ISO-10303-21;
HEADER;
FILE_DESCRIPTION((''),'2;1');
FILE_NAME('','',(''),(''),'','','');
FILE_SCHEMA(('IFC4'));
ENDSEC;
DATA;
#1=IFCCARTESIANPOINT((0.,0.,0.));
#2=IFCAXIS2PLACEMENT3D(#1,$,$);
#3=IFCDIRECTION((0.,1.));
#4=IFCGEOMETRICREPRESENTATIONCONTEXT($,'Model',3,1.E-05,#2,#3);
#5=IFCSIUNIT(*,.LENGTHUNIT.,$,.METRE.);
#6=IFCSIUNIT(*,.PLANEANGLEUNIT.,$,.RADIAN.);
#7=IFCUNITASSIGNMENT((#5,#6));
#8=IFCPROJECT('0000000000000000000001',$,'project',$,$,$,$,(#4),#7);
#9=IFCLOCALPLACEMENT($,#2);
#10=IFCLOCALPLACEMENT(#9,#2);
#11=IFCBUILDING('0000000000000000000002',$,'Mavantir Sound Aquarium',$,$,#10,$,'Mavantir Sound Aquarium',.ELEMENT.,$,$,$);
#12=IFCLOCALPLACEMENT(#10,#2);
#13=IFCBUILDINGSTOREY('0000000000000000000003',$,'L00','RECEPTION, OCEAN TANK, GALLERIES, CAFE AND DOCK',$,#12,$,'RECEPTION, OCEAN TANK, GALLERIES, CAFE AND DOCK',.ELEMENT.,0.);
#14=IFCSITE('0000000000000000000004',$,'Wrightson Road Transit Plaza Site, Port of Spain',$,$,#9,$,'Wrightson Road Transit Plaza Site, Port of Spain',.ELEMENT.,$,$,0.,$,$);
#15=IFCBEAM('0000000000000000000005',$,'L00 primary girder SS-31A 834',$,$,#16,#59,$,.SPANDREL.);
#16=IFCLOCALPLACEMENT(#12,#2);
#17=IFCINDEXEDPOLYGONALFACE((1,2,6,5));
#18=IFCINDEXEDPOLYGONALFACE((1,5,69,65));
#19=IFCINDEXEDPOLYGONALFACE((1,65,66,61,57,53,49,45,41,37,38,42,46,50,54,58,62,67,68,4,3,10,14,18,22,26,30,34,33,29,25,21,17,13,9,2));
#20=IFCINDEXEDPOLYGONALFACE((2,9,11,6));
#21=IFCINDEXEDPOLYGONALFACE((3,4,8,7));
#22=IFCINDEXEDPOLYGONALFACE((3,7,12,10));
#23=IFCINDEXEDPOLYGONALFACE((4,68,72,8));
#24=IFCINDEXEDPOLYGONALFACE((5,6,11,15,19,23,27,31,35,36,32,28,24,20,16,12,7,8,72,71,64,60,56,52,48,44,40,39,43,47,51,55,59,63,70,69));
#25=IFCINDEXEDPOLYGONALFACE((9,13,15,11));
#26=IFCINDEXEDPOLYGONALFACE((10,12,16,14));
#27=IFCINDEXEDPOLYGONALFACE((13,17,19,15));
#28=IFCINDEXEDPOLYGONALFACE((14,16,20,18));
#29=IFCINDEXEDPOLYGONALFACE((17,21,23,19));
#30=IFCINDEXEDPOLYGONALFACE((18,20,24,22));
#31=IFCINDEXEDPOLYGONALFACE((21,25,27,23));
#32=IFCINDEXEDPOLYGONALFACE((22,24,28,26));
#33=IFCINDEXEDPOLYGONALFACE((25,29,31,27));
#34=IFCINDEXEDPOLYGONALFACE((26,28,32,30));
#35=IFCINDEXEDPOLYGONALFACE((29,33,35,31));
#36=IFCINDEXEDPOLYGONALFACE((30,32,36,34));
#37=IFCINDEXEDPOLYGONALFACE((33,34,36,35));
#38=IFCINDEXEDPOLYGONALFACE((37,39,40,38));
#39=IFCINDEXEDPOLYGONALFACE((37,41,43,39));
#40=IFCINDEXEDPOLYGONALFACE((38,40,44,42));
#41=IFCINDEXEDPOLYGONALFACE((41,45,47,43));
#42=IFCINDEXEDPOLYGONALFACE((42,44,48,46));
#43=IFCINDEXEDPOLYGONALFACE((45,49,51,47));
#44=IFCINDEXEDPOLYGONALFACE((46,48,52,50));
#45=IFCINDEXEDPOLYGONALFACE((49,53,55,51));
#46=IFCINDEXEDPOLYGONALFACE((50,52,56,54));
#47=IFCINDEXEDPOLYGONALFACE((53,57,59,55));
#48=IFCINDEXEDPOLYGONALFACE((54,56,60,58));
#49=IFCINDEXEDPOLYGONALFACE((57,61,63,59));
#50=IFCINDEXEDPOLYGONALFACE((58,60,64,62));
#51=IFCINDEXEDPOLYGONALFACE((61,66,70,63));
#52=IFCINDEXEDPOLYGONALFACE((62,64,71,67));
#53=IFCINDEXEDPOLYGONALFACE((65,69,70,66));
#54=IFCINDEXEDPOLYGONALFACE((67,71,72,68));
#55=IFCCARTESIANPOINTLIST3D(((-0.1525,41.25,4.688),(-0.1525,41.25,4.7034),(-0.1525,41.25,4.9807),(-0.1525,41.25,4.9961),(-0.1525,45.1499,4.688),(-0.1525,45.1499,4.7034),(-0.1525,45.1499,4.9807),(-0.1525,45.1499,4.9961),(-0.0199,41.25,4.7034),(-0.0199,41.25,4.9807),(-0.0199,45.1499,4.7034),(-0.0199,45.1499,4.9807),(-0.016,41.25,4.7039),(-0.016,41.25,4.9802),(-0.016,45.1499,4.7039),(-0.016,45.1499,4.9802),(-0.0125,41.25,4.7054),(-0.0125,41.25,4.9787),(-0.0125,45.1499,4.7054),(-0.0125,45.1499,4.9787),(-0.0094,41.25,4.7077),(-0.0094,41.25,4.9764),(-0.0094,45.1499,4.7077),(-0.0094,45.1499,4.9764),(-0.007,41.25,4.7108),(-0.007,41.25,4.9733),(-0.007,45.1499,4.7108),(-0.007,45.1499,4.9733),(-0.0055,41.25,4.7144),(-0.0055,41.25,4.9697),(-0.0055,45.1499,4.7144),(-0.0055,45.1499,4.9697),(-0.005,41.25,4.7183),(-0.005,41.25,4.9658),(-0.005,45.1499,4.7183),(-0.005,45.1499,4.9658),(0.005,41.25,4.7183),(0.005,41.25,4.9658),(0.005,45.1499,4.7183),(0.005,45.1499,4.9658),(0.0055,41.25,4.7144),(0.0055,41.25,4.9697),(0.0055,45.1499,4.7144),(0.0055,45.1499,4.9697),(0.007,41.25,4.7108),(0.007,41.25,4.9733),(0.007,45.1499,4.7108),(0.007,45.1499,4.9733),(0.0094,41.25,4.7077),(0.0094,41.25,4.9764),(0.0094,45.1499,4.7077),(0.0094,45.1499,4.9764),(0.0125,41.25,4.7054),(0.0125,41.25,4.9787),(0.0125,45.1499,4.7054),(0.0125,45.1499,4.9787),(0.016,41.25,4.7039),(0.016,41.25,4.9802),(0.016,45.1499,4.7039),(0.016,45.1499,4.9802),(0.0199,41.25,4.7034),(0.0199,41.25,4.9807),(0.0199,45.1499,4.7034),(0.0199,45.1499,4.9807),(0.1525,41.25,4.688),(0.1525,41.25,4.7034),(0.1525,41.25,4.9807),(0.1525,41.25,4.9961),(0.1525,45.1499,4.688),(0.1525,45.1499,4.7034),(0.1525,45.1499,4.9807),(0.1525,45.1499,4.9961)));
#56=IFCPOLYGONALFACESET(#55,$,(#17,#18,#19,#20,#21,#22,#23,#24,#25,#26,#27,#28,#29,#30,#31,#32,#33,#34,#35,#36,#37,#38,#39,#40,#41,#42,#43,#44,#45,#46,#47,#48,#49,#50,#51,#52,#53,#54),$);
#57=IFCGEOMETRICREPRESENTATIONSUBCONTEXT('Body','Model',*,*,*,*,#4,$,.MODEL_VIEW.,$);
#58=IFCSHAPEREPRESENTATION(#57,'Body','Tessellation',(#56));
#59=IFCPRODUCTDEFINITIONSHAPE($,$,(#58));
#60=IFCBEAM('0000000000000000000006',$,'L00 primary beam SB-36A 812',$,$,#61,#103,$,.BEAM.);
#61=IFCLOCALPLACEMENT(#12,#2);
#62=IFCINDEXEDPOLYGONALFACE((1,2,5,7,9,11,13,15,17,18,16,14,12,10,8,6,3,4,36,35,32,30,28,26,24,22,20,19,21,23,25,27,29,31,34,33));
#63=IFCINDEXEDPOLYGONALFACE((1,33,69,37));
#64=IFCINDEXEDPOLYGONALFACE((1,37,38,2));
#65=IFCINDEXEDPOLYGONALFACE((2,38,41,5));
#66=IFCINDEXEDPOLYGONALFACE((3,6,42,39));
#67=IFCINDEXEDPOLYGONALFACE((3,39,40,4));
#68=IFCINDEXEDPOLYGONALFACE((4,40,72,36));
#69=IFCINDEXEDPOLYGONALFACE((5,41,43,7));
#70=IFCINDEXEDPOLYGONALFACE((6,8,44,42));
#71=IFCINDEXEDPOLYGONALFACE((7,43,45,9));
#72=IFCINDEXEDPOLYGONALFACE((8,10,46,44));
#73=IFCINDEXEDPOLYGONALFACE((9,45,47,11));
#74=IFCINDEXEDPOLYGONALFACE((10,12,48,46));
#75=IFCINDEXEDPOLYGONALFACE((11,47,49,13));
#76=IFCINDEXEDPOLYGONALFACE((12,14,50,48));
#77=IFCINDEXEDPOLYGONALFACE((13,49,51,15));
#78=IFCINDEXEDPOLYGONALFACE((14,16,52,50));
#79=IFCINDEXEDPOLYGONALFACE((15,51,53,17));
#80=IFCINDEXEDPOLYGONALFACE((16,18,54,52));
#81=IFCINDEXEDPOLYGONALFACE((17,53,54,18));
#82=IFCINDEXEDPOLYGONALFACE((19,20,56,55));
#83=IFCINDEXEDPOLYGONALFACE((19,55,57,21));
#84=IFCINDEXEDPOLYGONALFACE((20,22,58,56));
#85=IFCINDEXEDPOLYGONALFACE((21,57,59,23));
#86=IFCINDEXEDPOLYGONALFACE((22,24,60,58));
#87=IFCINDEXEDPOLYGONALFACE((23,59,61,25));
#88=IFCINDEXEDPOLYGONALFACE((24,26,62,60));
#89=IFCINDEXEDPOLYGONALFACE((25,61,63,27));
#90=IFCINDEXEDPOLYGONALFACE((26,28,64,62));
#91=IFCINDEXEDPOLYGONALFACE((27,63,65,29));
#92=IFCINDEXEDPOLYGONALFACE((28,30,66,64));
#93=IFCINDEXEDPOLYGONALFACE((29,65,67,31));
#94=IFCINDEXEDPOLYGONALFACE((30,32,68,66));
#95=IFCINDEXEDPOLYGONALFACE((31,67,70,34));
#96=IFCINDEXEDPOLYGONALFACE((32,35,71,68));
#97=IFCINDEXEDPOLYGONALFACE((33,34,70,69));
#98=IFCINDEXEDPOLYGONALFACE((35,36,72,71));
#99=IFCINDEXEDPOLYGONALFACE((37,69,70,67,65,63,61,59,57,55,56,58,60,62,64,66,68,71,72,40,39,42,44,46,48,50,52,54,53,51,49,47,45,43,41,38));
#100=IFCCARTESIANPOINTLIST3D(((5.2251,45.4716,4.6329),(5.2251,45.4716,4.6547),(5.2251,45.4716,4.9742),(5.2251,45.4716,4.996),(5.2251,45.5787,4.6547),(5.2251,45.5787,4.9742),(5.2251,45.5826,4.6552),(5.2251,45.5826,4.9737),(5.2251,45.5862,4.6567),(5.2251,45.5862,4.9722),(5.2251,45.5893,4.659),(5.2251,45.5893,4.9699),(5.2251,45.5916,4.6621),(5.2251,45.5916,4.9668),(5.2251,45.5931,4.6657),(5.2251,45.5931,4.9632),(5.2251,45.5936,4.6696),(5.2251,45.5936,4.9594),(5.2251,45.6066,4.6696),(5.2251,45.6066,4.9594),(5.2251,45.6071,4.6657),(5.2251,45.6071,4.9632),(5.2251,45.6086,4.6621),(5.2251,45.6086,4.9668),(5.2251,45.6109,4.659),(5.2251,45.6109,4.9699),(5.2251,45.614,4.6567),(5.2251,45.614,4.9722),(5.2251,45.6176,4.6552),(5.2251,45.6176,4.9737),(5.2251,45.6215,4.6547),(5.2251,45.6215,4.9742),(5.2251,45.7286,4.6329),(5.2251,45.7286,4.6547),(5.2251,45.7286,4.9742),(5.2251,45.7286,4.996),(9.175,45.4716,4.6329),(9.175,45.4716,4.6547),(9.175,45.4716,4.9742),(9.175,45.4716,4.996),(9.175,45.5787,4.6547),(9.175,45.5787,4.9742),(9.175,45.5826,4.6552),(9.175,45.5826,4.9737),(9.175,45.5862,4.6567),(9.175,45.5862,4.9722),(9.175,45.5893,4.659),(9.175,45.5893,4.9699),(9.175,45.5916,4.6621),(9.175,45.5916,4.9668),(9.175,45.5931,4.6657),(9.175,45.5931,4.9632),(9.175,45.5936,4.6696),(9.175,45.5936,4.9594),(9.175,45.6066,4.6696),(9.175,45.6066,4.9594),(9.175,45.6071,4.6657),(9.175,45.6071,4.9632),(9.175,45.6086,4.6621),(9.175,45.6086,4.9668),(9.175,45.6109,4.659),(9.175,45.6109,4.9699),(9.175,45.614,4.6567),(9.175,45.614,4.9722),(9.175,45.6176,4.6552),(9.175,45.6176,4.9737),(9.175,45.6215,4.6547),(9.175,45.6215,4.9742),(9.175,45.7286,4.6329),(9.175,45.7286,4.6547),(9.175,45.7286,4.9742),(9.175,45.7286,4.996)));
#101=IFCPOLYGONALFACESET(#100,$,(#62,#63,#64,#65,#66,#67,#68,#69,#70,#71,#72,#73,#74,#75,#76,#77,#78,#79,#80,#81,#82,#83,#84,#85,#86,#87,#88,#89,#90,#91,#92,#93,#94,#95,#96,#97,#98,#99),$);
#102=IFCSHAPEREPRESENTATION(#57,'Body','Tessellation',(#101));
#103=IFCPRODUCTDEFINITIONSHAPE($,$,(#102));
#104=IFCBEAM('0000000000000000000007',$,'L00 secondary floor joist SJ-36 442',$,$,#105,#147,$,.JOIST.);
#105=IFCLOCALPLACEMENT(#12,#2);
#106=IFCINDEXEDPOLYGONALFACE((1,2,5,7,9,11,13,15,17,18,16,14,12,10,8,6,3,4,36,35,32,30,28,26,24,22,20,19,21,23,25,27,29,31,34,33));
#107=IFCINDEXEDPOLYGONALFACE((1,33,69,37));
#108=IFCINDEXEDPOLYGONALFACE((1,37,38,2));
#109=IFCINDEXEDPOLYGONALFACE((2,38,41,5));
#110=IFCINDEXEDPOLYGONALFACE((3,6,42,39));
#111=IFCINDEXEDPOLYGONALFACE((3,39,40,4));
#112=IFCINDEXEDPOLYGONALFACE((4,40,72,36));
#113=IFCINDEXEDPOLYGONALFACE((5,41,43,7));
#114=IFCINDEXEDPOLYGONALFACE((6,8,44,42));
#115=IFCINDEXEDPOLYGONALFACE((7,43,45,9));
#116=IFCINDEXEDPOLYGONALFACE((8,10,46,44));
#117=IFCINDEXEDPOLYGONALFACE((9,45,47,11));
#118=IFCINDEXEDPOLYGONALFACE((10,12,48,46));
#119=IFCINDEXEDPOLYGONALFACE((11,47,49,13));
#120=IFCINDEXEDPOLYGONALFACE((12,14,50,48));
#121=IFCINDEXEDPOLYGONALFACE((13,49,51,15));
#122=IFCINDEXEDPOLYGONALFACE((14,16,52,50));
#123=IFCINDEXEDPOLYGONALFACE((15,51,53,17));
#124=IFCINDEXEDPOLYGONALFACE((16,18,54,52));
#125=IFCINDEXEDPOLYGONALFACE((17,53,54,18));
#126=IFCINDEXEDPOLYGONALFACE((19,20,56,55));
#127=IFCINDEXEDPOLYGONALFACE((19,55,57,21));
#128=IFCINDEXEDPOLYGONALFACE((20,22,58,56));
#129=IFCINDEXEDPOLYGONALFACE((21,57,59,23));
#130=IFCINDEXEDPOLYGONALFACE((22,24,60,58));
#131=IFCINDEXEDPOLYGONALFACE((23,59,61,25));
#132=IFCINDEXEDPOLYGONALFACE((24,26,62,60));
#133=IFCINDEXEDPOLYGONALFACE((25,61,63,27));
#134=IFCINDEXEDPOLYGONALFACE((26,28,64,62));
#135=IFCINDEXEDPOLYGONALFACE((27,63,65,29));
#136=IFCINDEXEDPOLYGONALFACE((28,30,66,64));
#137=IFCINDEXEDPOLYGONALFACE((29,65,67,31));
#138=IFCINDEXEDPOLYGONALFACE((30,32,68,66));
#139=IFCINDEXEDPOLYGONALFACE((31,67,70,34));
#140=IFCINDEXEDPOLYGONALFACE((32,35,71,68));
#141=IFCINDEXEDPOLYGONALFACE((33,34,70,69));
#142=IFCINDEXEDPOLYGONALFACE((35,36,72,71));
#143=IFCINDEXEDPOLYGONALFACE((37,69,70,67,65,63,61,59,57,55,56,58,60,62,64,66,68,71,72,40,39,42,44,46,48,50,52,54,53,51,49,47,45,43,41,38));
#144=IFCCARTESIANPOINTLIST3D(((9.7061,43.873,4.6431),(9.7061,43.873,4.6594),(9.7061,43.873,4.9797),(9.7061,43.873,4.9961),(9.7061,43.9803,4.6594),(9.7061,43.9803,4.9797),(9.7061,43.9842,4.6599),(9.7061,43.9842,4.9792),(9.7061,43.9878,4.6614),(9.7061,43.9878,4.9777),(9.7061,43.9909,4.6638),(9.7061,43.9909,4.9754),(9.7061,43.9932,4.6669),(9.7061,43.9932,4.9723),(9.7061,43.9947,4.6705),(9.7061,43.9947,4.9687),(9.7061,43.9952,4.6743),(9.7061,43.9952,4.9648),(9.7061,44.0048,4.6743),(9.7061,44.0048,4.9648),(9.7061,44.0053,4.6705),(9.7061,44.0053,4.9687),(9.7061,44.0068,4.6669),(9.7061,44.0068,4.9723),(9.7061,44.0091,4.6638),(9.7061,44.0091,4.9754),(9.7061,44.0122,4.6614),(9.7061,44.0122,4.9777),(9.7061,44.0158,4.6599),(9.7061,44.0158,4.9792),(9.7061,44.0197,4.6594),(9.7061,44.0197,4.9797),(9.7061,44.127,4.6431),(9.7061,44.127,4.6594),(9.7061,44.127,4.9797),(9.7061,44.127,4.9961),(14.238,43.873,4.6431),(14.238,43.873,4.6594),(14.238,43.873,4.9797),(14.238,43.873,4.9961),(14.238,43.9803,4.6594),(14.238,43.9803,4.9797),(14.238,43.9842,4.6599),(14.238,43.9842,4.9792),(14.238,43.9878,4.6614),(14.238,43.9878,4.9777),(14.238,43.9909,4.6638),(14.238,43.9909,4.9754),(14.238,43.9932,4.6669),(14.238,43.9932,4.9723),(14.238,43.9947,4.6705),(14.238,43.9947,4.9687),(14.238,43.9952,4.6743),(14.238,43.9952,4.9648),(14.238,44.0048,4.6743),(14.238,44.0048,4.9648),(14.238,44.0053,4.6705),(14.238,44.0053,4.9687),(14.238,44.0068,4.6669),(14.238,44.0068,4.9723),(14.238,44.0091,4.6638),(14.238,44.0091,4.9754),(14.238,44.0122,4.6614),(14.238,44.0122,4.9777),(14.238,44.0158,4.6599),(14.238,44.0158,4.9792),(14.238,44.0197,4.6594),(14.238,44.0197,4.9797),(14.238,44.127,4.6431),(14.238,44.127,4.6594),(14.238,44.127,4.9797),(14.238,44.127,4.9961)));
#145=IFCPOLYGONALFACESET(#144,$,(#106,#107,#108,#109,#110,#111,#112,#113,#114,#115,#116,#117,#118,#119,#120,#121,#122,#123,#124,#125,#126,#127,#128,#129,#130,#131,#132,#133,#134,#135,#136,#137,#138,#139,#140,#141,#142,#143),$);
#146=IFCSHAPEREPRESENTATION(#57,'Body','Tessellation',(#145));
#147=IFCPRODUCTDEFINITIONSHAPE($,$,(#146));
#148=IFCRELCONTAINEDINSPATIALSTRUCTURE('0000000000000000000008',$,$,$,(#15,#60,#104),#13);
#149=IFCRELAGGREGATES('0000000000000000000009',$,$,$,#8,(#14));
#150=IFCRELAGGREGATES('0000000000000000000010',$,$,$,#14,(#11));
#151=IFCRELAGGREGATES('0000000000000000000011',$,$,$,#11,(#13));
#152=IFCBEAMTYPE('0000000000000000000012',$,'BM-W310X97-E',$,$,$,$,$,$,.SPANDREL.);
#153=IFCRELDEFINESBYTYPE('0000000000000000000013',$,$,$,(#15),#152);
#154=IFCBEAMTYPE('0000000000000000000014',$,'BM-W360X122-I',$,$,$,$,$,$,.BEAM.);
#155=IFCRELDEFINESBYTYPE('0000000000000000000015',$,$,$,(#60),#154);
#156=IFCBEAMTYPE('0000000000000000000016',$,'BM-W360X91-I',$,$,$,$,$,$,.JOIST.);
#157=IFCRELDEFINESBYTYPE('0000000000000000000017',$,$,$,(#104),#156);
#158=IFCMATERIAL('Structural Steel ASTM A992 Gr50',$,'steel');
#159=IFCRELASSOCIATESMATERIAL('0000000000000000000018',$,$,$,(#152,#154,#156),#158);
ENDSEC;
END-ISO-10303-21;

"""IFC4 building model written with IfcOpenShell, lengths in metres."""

from ifc_helpers import new_model, si_unit, direction, frame, origin, origin_2d, place, context, subcontext, project, spatial, i_section, extrude, material, material_profile, profile_set, type_object, element, save


model = new_model("IFC4")

# Units and contexts
model_context = context("Model", 3, precision=1e-05, world=origin(), true_north=direction((0.0, 1.0)))
body_context = subcontext(model_context, "Body", "Model", "MODEL_VIEW")
ifc_project = project(units=[si_unit("LENGTHUNIT", "METRE"), si_unit("PLANEANGLEUNIT", "RADIAN")], contexts=[model_context])

# Site, building, storey
site_placement = place(None, origin())
site = spatial("IfcSite", under=ifc_project, at=site_placement, Name="Wrightson Road Transit Plaza Site, Port of Spain", LongName="Wrightson Road Transit Plaza Site, Port of Spain", CompositionType="ELEMENT", RefElevation=0.0)
building_placement = place(site_placement, origin())
building = spatial("IfcBuilding", under=site, at=building_placement, Name="Mavantir Sound Aquarium", LongName="Mavantir Sound Aquarium", CompositionType="ELEMENT")
storey_placement = place(building_placement, origin())
storey = spatial("IfcBuildingStorey", under=building, at=storey_placement, Name="L00", Description="RECEPTION, OCEAN TANK, GALLERIES, CAFE AND DOCK", LongName="RECEPTION, OCEAN TANK, GALLERIES, CAFE AND DOCK", CompositionType="ELEMENT", Elevation=0.0)

# Beams
ifc_material_1 = material(Name="Structural Steel ASTM A992 Gr50", Category="steel")
ifc_material_profile_1 = material_profile(ifc_material_1, i_section(OverallWidth=0.3049, OverallDepth=0.3081, WebThickness=0.01, FlangeThickness=0.0154, FilletRadius=0.0149, at=origin_2d()), Name="W310X97")
ifc_profile_set_1 = profile_set([ifc_material_profile_1], Name="Structural Steel ASTM A992 Gr50")
beam_type_1 = type_object("IfcBeamType", Name="BM-W310X97-E", PredefinedType="SPANDREL", material=ifc_profile_set_1)
beam_1_placement = place(storey_placement, frame((0.0, 41.25, 4.842), z_axis=(0.0, 1.0, 0.0), x_axis=(-1.0, 0.0, 0.0)))
element("IfcBeam", 1, at=beam_1_placement, inside=storey, type_object=beam_type_1, Name="L00 primary girder SS-31A 834", PredefinedType="SPANDREL", context=body_context, shape_type="SweptSolid", body=[
    extrude(i_section(OverallWidth=0.3049, OverallDepth=0.3081, WebThickness=0.01, FlangeThickness=0.0154, FilletRadius=0.0149, at=origin_2d()), origin(), (0.0, 0.0, 1.0), 3.8999),
])
ifc_material_profile_2 = material_profile(ifc_material_1, i_section(OverallWidth=0.2571, OverallDepth=0.363, WebThickness=0.0129, FlangeThickness=0.0217, FilletRadius=0.0149, at=origin_2d()), Name="W360X122")
ifc_profile_set_2 = profile_set([ifc_material_profile_2], Name="Structural Steel ASTM A992 Gr50")
beam_type_2 = type_object("IfcBeamType", Name="BM-W360X122-I", PredefinedType="BEAM", material=ifc_profile_set_2)
beam_2_placement = place(storey_placement, frame((5.2251, 45.6001, 4.8145), z_axis=(1.0, 0.0, 0.0), x_axis=(0.0, 1.0, 0.0)))
element("IfcBeam", 2, at=beam_2_placement, inside=storey, type_object=beam_type_2, Name="L00 primary beam SB-36A 812", PredefinedType="BEAM", context=body_context, shape_type="SweptSolid", body=[
    extrude(i_section(OverallWidth=0.2571, OverallDepth=0.363, WebThickness=0.0129, FlangeThickness=0.0217, FilletRadius=0.0149, at=origin_2d()), origin(), (0.0, 0.0, 1.0), 3.95),
])
ifc_material_profile_3 = material_profile(ifc_material_1, i_section(OverallWidth=0.2539, OverallDepth=0.353, WebThickness=0.0095, FlangeThickness=0.0164, FilletRadius=0.0149, at=origin_2d()), Name="W360X91")
ifc_profile_set_3 = profile_set([ifc_material_profile_3], Name="Structural Steel ASTM A992 Gr50")
beam_type_3 = type_object("IfcBeamType", Name="BM-W360X91-I", PredefinedType="JOIST", material=ifc_profile_set_3)
beam_3_placement = place(storey_placement, frame((9.7061, 44.0, 4.8196), z_axis=(1.0, 0.0, 0.0), x_axis=(0.0, 1.0, 0.0)))
element("IfcBeam", 3, at=beam_3_placement, inside=storey, type_object=beam_type_3, Name="L00 secondary floor joist SJ-36 442", PredefinedType="JOIST", context=body_context, shape_type="SweptSolid", body=[
    extrude(i_section(OverallWidth=0.2539, OverallDepth=0.353, WebThickness=0.0095, FlangeThickness=0.0164, FilletRadius=0.0149, at=origin_2d()), origin(), (0.0, 0.0, 1.0), 4.532),
])

save(model, "model.ifc")
